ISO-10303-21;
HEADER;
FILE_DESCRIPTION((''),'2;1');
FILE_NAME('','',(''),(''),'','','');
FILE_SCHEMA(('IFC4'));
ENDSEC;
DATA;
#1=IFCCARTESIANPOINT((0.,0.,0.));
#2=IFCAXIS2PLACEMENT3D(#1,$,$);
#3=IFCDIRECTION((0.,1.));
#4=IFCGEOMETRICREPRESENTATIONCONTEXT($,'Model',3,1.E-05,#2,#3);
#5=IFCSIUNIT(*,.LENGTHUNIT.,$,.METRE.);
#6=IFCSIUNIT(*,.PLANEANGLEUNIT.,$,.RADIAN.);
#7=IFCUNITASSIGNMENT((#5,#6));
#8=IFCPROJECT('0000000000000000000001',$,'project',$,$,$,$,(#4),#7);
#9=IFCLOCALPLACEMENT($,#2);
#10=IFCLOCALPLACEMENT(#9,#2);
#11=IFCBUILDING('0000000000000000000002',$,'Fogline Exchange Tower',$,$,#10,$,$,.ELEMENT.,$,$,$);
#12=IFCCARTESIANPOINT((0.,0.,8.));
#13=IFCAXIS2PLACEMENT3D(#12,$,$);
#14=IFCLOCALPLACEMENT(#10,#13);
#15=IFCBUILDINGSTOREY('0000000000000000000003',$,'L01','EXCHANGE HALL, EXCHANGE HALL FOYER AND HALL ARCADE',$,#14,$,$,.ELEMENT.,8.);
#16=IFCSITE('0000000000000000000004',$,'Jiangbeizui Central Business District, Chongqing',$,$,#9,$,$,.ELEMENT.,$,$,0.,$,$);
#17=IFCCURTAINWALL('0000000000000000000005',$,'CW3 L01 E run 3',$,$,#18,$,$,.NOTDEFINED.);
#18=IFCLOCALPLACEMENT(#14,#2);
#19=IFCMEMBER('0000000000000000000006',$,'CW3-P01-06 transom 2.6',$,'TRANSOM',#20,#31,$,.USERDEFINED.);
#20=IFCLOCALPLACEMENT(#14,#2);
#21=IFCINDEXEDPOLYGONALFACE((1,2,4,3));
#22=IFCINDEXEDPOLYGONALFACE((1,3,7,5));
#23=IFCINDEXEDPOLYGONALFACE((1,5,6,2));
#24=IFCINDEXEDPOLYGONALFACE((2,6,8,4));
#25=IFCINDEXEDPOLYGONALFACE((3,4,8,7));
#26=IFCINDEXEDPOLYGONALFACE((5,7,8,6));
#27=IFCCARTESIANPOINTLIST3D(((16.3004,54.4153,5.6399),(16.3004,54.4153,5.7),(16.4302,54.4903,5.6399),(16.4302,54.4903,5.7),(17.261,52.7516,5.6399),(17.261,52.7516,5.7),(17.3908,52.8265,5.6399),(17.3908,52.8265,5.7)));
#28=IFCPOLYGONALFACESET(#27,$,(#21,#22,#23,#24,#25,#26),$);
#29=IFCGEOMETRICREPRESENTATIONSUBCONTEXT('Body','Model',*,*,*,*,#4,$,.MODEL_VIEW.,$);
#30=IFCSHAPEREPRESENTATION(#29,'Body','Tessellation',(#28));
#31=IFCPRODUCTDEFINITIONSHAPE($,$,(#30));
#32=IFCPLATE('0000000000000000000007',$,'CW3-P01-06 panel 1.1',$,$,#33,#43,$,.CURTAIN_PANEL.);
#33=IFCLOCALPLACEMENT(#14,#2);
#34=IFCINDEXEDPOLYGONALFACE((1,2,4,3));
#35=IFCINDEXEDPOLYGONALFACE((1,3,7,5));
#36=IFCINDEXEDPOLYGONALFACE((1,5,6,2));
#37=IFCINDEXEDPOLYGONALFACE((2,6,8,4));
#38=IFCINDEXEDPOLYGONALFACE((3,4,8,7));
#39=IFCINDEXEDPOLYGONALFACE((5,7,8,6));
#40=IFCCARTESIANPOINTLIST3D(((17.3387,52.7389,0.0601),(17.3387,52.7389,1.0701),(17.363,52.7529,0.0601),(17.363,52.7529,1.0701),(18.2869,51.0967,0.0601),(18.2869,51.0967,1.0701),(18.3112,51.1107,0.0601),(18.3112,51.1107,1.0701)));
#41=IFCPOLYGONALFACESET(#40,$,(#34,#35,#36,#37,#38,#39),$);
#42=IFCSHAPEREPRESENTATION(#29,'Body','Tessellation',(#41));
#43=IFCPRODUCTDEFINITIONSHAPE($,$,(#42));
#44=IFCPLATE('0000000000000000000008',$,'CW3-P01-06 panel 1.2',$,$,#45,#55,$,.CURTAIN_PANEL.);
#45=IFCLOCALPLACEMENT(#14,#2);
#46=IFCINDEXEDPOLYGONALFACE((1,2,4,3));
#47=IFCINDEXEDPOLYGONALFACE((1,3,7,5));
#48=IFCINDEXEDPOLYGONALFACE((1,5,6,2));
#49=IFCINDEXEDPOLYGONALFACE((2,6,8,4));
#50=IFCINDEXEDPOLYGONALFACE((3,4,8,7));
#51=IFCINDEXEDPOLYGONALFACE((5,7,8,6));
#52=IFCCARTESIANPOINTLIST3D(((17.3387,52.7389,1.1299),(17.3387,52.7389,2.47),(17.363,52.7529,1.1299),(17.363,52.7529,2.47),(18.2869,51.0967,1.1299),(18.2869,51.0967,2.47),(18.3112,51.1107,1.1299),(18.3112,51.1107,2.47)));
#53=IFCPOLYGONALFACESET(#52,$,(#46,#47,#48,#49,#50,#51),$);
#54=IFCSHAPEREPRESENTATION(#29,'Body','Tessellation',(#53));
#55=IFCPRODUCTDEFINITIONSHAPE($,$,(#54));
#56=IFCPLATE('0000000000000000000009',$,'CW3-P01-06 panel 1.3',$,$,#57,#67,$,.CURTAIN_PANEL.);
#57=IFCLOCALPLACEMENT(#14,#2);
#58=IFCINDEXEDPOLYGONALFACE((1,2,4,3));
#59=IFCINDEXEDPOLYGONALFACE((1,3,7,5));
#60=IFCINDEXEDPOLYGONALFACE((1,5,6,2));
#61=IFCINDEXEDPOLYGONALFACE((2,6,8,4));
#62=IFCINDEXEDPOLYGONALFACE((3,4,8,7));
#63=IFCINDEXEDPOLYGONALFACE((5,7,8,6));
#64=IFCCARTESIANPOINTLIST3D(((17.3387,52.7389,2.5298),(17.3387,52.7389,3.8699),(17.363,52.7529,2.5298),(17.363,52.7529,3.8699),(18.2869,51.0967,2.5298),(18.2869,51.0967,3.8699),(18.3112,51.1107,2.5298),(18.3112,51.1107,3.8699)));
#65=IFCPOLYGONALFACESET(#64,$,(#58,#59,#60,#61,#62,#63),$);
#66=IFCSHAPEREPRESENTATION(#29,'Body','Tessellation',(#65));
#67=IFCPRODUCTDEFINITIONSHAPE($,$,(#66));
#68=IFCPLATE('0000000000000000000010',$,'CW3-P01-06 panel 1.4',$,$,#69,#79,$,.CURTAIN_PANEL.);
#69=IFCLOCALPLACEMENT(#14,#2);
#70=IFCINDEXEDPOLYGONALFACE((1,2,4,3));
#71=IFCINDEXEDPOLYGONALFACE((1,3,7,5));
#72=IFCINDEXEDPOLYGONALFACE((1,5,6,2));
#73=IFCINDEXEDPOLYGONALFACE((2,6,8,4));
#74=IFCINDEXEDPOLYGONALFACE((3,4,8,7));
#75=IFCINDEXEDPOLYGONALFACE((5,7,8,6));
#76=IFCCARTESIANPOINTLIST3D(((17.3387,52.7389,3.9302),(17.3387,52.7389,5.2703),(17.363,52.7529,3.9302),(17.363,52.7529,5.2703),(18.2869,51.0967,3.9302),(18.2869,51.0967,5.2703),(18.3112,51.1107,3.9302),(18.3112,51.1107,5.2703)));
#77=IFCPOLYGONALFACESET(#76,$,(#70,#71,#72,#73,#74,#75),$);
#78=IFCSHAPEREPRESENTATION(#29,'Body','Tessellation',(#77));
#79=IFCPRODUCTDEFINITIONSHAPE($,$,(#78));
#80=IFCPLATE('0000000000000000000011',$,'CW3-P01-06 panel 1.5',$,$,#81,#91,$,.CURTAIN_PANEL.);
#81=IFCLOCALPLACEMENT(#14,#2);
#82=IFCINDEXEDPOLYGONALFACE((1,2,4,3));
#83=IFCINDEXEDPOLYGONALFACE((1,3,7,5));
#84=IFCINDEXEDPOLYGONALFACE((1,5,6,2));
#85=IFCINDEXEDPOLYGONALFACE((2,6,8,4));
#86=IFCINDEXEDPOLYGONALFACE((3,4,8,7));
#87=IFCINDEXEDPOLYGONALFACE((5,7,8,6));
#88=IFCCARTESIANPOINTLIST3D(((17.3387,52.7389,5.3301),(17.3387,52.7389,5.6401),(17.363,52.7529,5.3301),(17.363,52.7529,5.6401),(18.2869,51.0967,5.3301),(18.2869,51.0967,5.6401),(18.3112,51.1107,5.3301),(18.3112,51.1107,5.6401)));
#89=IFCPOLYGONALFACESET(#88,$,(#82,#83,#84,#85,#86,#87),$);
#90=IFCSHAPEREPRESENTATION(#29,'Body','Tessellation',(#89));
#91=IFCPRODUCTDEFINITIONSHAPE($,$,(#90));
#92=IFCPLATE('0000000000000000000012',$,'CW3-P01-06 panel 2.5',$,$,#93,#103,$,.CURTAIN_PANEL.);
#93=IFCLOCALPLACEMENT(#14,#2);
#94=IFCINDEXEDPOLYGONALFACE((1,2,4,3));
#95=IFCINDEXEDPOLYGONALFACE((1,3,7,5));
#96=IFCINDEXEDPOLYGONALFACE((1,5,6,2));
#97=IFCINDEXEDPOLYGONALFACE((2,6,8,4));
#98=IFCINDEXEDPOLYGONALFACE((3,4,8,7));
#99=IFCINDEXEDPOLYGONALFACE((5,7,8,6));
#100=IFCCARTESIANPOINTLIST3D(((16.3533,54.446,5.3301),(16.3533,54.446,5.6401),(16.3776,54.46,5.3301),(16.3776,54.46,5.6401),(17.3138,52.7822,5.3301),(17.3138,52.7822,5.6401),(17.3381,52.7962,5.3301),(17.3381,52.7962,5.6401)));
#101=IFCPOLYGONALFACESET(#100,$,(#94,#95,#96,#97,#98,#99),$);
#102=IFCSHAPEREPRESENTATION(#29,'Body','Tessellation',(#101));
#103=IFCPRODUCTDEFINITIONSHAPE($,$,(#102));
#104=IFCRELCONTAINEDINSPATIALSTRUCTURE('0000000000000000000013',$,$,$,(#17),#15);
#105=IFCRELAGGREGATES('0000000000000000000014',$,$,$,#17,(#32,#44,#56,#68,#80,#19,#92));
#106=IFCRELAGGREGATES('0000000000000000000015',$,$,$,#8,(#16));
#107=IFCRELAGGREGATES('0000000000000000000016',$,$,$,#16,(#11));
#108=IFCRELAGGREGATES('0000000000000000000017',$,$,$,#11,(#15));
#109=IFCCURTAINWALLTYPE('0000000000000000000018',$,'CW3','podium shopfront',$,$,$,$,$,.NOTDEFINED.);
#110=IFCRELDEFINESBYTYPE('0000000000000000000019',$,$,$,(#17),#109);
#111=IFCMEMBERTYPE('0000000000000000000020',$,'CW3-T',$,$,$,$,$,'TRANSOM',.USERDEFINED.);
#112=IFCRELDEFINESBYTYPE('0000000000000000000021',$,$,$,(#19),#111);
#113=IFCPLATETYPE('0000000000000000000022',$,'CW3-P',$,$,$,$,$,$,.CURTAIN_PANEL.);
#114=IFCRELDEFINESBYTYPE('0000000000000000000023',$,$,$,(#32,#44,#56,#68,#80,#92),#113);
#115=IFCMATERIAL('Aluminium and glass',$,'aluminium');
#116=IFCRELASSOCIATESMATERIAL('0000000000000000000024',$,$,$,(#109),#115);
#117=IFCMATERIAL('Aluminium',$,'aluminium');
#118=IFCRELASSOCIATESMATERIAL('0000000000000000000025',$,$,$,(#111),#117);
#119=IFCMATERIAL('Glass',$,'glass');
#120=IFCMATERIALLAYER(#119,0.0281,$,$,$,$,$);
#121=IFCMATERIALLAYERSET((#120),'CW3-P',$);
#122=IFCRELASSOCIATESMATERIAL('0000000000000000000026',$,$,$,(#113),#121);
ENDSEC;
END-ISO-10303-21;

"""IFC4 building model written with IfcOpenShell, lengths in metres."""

from ifc_helpers import new_model, si_unit, direction, frame, origin, origin_2d, place, context, subcontext, project, spatial, rectangle, extrude, material, layer, layer_set, material_profile, profile_set, type_object, element, aggregate, save


model = new_model("IFC4")

# Units and contexts
model_context = context("Model", 3, precision=1e-05, world=origin(), true_north=direction((0.0, 1.0)))
body_context = subcontext(model_context, "Body", "Model", "MODEL_VIEW")
ifc_project = project(units=[si_unit("LENGTHUNIT", "METRE"), si_unit("PLANEANGLEUNIT", "RADIAN")], contexts=[model_context])

# Site, building, storey
site_placement = place(None, origin())
site = spatial("IfcSite", under=ifc_project, at=site_placement, Name="Jiangbeizui Central Business District, Chongqing", CompositionType="ELEMENT", RefElevation=0.0)
building_placement = place(site_placement, origin())
building = spatial("IfcBuilding", under=site, at=building_placement, Name="Fogline Exchange Tower", CompositionType="ELEMENT")
storey_placement = place(building_placement, frame((0.0, 0.0, 8.0)))
storey = spatial("IfcBuildingStorey", under=building, at=storey_placement, Name="L01", Description="EXCHANGE HALL, EXCHANGE HALL FOYER AND HALL ARCADE", CompositionType="ELEMENT", Elevation=8.0)

# Curtain wall, member, plates
ifc_material_1 = material(Name="Aluminium and glass", Category="aluminium")
curtain_wall_type = type_object("IfcCurtainWallType", Name="CW3", Description="podium shopfront", PredefinedType="NOTDEFINED", material=ifc_material_1)
curtain_wall_placement = place(storey_placement, origin())
curtain_wall = element("IfcCurtainWall", 1, at=curtain_wall_placement, inside=storey, type_object=curtain_wall_type, Name="CW3 L01 E run 3", PredefinedType="NOTDEFINED")
ifc_material_2 = material(Name="Aluminium", Category="aluminium")
ifc_material_profile_1 = material_profile(ifc_material_2, rectangle(XDim=0.1499, YDim=0.0601, at=origin_2d()), Name="Transom 60x150")
ifc_profile_set_1 = profile_set([ifc_material_profile_1], Name="Aluminium")
member_type_1 = type_object("IfcMemberType", Name="CW3-T", ElementType="TRANSOM", PredefinedType="USERDEFINED", material=ifc_profile_set_1)
member_1_placement = place(storey_placement, frame((17.3259, 52.7891, 5.6699), z_axis=(-0.500034, 0.866006, 0.0), x_axis=(-0.866006, -0.500034, 0.0)))
member_1 = element("IfcMember", 2, at=member_1_placement, type_object=member_type_1, Name="CW3-P01-06 transom 2.6", ObjectType="TRANSOM", PredefinedType="USERDEFINED", context=body_context, shape_type="SweptSolid", body=[
    extrude(rectangle(XDim=0.1499, YDim=0.0601, at=origin_2d()), origin(), (0.0, 0.0, 1.0), 1.9211),
])
ifc_material_3 = material(Name="Glass", Category="glass")
ifc_layer = layer(ifc_material_3, 0.0281)
ifc_layer_set = layer_set([ifc_layer], Name="CW3-P")
plate_type = type_object("IfcPlateType", Name="CW3-P", PredefinedType="CURTAIN_PANEL", material=ifc_layer_set)
plate_1_placement = place(storey_placement, frame((17.825, 51.9248, 0.0601), z_axis=(0.0, 0.0, 1.0), x_axis=(-0.5, 0.866025, 0.0)))
plate_1 = element("IfcPlate", 3, at=plate_1_placement, type_object=plate_type, Name="CW3-P01-06 panel 1.1", PredefinedType="CURTAIN_PANEL", context=body_context, shape_type="SweptSolid", body=[
    extrude(rectangle(XDim=1.8962, YDim=0.0281, at=origin_2d()), origin(), (0.0, 0.0, 1.0), 1.01),
])
plate_2_placement = place(storey_placement, frame((17.825, 51.9248, 1.1299), z_axis=(0.0, 0.0, 1.0), x_axis=(-0.5, 0.866025, 0.0)))
plate_2 = element("IfcPlate", 4, at=plate_2_placement, type_object=plate_type, Name="CW3-P01-06 panel 1.2", PredefinedType="CURTAIN_PANEL", context=body_context, shape_type="SweptSolid", body=[
    extrude(rectangle(XDim=1.8962, YDim=0.0281, at=origin_2d()), origin(), (0.0, 0.0, 1.0), 1.3401),
])
plate_3_placement = place(storey_placement, frame((17.825, 51.9248, 2.5298), z_axis=(0.0, 0.0, 1.0), x_axis=(-0.5, 0.866025, 0.0)))
plate_3 = element("IfcPlate", 5, at=plate_3_placement, type_object=plate_type, Name="CW3-P01-06 panel 1.3", PredefinedType="CURTAIN_PANEL", context=body_context, shape_type="SweptSolid", body=[
    extrude(rectangle(XDim=1.8962, YDim=0.0281, at=origin_2d()), origin(), (0.0, 0.0, 1.0), 1.3401),
])
plate_4_placement = place(storey_placement, frame((17.825, 51.9248, 3.9302), z_axis=(0.0, 0.0, 1.0), x_axis=(-0.5, 0.866025, 0.0)))
plate_4 = element("IfcPlate", 6, at=plate_4_placement, type_object=plate_type, Name="CW3-P01-06 panel 1.4", PredefinedType="CURTAIN_PANEL", context=body_context, shape_type="SweptSolid", body=[
    extrude(rectangle(XDim=1.8962, YDim=0.0281, at=origin_2d()), origin(), (0.0, 0.0, 1.0), 1.3401),
])
plate_5_placement = place(storey_placement, frame((17.825, 51.9248, 5.3301), z_axis=(0.0, 0.0, 1.0), x_axis=(-0.5, 0.866025, 0.0)))
plate_5 = element("IfcPlate", 7, at=plate_5_placement, type_object=plate_type, Name="CW3-P01-06 panel 1.5", PredefinedType="CURTAIN_PANEL", context=body_context, shape_type="SweptSolid", body=[
    extrude(rectangle(XDim=1.8962, YDim=0.0281, at=origin_2d()), origin(), (0.0, 0.0, 1.0), 0.3101),
])
plate_6_placement = place(storey_placement, frame((16.8457, 53.6211, 5.3301), z_axis=(0.0, 0.0, 1.0), x_axis=(-0.5, 0.866025, 0.0)))
plate_6 = element("IfcPlate", 8, at=plate_6_placement, type_object=plate_type, Name="CW3-P01-06 panel 2.5", PredefinedType="CURTAIN_PANEL", context=body_context, shape_type="SweptSolid", body=[
    extrude(rectangle(XDim=1.9211, YDim=0.0281, at=origin_2d()), origin(), (0.0, 0.0, 1.0), 0.3101),
])
aggregate(curtain_wall, [plate_1, plate_2, plate_3, plate_4, plate_5, member_1, plate_6])

save(model, "model.ifc")
